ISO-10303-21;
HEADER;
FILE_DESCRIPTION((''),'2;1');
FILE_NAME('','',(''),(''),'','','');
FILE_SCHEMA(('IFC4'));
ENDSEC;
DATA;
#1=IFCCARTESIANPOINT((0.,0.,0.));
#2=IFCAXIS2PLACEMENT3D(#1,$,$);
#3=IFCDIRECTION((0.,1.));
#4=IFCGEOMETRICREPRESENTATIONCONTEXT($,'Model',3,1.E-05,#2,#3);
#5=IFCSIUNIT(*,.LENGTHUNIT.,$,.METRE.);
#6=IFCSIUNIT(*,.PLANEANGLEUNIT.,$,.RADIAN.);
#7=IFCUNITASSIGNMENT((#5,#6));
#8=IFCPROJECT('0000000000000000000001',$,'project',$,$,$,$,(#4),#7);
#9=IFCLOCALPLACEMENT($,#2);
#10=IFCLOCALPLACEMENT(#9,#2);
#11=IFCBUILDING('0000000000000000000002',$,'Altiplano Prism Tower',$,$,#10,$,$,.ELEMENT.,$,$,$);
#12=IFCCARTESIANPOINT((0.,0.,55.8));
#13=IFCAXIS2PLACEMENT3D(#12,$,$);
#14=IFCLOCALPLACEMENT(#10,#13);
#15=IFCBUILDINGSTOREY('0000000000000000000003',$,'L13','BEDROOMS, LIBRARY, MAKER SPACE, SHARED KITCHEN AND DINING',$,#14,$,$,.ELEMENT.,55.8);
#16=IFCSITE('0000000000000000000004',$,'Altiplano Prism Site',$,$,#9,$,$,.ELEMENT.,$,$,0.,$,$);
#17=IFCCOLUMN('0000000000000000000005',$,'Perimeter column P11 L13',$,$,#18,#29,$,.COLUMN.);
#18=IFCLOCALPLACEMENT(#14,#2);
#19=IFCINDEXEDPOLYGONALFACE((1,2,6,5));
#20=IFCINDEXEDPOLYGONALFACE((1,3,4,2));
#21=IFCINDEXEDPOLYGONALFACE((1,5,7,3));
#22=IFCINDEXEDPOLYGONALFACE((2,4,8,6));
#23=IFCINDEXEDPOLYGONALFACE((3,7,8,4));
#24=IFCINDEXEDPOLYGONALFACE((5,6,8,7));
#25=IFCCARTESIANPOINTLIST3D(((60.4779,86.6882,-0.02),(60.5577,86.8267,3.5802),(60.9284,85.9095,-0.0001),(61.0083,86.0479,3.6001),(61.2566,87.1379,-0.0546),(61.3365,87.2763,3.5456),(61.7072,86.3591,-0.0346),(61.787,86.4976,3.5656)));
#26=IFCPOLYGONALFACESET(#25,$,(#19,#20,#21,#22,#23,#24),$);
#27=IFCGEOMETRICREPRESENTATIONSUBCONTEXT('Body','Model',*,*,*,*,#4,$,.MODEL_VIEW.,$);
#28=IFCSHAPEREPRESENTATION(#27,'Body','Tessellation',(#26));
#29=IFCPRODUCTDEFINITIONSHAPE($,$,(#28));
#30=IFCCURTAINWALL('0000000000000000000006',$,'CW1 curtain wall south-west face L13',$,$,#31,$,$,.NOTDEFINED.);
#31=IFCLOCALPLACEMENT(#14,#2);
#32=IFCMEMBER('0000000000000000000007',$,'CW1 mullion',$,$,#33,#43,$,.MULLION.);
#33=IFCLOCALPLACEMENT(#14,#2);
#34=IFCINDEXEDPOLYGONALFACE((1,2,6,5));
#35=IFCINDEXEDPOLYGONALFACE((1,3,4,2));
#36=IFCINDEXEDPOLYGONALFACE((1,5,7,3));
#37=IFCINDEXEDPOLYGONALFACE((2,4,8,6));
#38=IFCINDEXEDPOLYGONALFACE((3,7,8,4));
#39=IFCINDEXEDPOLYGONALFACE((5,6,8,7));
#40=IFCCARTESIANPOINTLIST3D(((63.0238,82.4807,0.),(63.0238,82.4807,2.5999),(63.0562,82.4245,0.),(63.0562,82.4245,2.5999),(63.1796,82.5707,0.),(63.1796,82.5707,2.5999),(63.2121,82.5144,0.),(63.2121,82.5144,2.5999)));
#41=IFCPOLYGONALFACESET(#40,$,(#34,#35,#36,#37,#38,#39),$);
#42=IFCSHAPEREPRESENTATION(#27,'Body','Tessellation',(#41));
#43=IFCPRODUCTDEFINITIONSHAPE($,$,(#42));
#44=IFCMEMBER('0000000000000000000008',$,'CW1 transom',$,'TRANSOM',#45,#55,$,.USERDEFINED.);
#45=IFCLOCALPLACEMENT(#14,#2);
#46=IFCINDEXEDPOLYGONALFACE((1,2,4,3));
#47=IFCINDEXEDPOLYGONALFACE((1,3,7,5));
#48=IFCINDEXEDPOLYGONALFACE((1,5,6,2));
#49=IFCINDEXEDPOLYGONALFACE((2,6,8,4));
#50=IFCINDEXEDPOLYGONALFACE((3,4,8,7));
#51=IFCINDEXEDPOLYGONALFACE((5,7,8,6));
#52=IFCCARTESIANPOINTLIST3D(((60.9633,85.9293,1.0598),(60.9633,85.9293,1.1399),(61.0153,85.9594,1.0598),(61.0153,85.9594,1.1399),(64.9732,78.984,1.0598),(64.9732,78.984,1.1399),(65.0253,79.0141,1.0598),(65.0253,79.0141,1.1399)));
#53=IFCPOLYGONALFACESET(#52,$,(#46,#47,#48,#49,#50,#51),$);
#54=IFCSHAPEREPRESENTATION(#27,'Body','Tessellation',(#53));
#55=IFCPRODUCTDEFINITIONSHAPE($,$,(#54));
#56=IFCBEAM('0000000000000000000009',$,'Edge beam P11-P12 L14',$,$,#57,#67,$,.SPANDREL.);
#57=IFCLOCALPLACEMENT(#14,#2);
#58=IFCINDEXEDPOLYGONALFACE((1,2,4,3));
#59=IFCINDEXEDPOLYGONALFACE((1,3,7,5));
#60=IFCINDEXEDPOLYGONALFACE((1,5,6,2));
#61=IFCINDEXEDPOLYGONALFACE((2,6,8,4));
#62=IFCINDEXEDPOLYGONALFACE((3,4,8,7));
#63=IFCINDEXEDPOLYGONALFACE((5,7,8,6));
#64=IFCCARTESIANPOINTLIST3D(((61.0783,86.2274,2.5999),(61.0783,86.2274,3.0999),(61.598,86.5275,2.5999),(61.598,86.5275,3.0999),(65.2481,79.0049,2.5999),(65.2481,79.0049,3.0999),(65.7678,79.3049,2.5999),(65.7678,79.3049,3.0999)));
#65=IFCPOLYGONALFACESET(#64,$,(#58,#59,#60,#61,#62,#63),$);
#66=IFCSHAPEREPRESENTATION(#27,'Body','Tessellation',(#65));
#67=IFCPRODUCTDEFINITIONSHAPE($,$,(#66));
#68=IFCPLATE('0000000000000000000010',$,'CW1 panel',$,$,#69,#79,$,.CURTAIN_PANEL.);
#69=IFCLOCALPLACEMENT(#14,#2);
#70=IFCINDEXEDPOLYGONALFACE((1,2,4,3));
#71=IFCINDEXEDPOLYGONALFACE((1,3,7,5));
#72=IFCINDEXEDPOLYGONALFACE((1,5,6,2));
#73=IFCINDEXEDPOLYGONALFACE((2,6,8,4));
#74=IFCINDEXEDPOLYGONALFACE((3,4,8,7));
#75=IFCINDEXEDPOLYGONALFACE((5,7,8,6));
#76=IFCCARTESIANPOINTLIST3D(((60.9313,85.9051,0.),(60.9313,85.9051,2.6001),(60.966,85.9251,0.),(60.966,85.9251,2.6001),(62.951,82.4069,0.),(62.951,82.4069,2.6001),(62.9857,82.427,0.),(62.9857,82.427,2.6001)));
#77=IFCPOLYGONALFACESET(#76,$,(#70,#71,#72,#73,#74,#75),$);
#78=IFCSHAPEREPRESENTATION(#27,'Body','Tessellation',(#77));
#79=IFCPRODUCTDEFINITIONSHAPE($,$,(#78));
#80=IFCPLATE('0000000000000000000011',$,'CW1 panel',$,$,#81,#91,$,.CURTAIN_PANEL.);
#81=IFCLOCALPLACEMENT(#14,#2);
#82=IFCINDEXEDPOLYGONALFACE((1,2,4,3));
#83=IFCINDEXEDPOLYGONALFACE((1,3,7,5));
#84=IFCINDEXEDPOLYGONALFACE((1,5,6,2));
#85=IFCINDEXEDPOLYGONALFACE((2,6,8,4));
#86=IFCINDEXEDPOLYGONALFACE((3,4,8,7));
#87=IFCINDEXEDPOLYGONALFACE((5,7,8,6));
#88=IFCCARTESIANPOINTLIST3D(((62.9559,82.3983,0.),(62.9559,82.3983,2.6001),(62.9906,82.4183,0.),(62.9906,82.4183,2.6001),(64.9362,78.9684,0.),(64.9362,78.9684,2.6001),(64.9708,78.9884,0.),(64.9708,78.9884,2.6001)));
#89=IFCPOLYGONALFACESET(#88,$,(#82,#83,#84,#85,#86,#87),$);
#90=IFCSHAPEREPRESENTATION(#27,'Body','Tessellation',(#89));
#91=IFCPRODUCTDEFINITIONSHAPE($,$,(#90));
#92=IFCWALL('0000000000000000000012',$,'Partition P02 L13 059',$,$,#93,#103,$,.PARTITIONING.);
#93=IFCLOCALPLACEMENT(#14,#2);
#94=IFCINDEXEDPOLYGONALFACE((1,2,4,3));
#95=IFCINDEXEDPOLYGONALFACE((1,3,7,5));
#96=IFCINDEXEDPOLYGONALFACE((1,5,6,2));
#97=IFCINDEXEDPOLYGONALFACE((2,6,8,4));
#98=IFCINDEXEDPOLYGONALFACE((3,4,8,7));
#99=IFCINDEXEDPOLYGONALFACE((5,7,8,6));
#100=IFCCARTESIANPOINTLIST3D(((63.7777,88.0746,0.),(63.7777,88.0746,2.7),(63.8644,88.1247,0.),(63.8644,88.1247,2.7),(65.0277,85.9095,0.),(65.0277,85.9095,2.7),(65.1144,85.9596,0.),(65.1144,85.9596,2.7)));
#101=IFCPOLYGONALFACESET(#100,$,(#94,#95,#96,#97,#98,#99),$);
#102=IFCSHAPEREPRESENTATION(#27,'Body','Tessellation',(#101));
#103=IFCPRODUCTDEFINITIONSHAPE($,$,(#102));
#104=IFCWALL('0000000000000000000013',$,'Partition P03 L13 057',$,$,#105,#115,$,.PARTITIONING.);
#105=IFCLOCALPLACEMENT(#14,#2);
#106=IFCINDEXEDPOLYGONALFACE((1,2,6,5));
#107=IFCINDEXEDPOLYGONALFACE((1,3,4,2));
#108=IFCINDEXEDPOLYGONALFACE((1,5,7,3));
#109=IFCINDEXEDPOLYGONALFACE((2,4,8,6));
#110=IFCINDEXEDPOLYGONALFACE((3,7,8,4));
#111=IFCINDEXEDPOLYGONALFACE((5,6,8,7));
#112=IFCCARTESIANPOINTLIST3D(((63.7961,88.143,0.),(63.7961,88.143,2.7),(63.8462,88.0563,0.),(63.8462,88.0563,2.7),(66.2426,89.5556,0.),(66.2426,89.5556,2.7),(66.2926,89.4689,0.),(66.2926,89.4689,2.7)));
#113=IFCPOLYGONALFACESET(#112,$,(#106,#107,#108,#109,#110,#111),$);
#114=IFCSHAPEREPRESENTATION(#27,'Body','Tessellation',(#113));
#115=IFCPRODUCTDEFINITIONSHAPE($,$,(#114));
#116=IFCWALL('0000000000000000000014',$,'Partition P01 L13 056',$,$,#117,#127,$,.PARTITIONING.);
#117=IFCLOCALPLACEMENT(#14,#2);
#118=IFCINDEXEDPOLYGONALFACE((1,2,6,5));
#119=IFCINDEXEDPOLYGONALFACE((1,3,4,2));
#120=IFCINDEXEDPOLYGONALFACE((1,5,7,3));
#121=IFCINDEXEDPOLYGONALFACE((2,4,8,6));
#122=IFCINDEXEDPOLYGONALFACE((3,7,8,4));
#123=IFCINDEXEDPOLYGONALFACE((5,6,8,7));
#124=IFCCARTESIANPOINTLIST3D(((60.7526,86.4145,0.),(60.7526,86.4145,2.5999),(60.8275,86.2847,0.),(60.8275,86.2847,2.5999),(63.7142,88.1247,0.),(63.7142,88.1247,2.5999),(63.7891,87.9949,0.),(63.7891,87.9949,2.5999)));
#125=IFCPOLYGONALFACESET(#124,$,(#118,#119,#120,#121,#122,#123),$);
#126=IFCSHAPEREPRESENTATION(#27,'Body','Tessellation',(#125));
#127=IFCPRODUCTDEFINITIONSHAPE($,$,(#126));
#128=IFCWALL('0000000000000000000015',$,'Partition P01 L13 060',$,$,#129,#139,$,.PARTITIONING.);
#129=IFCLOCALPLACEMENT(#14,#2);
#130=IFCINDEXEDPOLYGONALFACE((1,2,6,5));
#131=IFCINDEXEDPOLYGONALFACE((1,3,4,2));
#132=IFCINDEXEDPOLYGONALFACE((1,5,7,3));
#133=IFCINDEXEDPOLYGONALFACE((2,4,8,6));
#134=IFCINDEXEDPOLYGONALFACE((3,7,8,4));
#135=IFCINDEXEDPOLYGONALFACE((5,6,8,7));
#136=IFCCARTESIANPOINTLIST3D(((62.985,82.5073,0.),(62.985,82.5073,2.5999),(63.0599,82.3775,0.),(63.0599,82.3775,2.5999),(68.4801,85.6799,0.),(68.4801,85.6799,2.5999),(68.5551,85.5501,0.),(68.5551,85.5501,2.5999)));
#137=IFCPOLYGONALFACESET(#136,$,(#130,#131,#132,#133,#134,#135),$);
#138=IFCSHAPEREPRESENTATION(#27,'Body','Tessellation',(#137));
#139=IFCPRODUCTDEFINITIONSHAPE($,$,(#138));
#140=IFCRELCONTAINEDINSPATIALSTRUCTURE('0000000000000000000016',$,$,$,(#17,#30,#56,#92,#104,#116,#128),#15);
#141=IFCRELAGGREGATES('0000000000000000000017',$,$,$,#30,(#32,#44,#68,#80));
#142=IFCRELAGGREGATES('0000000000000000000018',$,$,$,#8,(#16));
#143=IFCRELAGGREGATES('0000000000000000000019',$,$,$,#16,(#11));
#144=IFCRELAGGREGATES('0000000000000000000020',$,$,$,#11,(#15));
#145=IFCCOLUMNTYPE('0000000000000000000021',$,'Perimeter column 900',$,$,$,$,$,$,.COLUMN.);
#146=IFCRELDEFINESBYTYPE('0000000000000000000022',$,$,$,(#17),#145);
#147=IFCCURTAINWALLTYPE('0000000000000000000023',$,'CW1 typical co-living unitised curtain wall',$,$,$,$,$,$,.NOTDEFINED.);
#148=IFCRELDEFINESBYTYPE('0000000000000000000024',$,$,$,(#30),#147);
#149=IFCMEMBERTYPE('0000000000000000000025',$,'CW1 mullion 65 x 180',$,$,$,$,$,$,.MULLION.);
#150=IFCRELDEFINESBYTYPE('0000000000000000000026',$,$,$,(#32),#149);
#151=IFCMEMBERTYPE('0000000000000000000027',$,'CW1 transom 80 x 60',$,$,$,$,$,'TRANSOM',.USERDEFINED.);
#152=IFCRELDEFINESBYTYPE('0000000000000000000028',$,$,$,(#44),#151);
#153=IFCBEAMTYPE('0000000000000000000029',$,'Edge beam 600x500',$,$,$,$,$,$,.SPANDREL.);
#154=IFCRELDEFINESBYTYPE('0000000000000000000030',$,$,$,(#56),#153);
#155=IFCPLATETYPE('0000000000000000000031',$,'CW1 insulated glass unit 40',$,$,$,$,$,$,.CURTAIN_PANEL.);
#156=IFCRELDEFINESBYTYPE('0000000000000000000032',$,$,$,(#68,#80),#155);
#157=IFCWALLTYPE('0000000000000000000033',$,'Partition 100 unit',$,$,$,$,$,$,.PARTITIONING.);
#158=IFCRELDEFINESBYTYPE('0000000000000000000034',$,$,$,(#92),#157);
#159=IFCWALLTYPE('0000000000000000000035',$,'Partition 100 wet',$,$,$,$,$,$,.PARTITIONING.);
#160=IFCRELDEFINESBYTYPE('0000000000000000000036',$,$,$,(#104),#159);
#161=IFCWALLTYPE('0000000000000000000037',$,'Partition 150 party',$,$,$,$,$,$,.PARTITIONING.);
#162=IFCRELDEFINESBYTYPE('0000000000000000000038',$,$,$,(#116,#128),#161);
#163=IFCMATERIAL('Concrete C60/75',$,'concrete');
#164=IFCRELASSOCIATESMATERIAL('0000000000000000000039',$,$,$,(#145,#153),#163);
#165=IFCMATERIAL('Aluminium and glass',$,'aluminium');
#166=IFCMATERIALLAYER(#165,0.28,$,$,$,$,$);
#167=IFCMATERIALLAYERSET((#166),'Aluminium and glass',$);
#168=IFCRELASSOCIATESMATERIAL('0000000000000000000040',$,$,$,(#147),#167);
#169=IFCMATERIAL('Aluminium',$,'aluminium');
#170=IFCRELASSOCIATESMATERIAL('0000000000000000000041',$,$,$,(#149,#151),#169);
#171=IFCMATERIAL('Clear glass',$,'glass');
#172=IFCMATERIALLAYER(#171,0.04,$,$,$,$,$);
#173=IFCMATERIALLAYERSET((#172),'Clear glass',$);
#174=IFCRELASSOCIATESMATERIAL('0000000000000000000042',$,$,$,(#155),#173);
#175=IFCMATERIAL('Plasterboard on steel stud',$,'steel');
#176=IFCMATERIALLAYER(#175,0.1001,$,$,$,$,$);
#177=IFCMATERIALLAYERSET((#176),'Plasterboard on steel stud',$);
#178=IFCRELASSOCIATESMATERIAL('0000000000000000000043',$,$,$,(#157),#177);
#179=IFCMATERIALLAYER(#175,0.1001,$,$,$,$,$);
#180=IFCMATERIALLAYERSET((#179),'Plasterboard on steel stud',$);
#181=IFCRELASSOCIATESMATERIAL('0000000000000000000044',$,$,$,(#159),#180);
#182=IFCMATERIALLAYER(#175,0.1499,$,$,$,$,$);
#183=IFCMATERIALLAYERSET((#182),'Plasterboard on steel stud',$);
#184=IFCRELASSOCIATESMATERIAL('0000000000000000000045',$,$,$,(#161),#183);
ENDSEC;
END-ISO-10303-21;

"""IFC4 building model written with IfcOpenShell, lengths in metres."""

from ifc_helpers import new_model, si_unit, direction, frame, frame_2d, origin, origin_2d, place, context, subcontext, project, spatial, rectangle, extrude, material, layer, layer_set, material_profile, profile_set, type_object, element, aggregate, save


model = new_model("IFC4")

# Units and contexts
model_context = context("Model", 3, precision=1e-05, world=origin(), true_north=direction((0.0, 1.0)))
body_context = subcontext(model_context, "Body", "Model", "MODEL_VIEW")
ifc_project = project(units=[si_unit("LENGTHUNIT", "METRE"), si_unit("PLANEANGLEUNIT", "RADIAN")], contexts=[model_context])

# Site, building, storey
site_placement = place(None, origin())
site = spatial("IfcSite", under=ifc_project, at=site_placement, Name="Altiplano Prism Site", CompositionType="ELEMENT", RefElevation=0.0)
building_placement = place(site_placement, origin())
building = spatial("IfcBuilding", under=site, at=building_placement, Name="Altiplano Prism Tower", CompositionType="ELEMENT")
storey_placement = place(building_placement, frame((0.0, 0.0, 55.8)))
storey = spatial("IfcBuildingStorey", under=building, at=storey_placement, Name="L13", Description="BEDROOMS, LIBRARY, MAKER SPACE, SHARED KITCHEN AND DINING", CompositionType="ELEMENT", Elevation=55.8)

# Column
ifc_material_1 = material(Name="Concrete C60/75", Category="concrete")
ifc_material_profile_1 = material_profile(ifc_material_1, rectangle(XDim=0.8999, YDim=0.8999, at=origin_2d()), Name="Perimeter column 900")
ifc_profile_set_1 = profile_set([ifc_material_profile_1], Name="Concrete C60/75")
column_type = type_object("IfcColumnType", Name="Perimeter column 900", PredefinedType="COLUMN", material=ifc_profile_set_1)
column_placement = place(storey_placement, frame((61.0925, 86.5237, -0.0273), z_axis=(0.022154, 0.038413, 0.999016), x_axis=(-0.865365, -0.499669, 0.038403)))
element("IfcColumn", 1, at=column_placement, inside=storey, type_object=column_type, Name="Perimeter column P11 L13", PredefinedType="COLUMN", context=body_context, shape_type="SweptSolid", body=[
    extrude(rectangle(XDim=0.8999, YDim=0.8999, at=origin_2d()), origin(), (0.0, 0.0, 1.0), 3.6038),
])

# Curtain wall, members
ifc_material_2 = material(Name="Aluminium and glass", Category="aluminium")
ifc_layer_1 = layer(ifc_material_2, 0.28)
ifc_layer_set_1 = layer_set([ifc_layer_1], Name="Aluminium and glass")
curtain_wall_type = type_object("IfcCurtainWallType", Name="CW1 typical co-living unitised curtain wall", PredefinedType="NOTDEFINED", material=ifc_layer_set_1)
curtain_wall_placement = place(storey_placement, origin())
curtain_wall = element("IfcCurtainWall", 2, at=curtain_wall_placement, inside=storey, type_object=curtain_wall_type, Name="CW1 curtain wall south-west face L13", PredefinedType="NOTDEFINED")
ifc_material_3 = material(Name="Aluminium", Category="aluminium")
ifc_material_profile_2 = material_profile(ifc_material_3, rectangle(XDim=0.1799, YDim=0.0649, at=origin_2d()), Name="CW1 mullion 65 x 180")
ifc_profile_set_2 = profile_set([ifc_material_profile_2], Name="Aluminium")
member_type_1 = type_object("IfcMemberType", Name="CW1 mullion 65 x 180", PredefinedType="MULLION", material=ifc_profile_set_2)
member_1_placement = place(storey_placement, frame((63.1179, 82.4976, 0.0), z_axis=(0.0, 0.0, 1.0), x_axis=(0.866025, 0.5, 0.0)))
member_1 = element("IfcMember", 3, at=member_1_placement, type_object=member_type_1, Name="CW1 mullion", PredefinedType="MULLION", context=body_context, shape_type="SweptSolid", body=[
    extrude(rectangle(XDim=0.1799, YDim=0.0649, at=origin_2d()), origin(), (0.0, 0.0, 1.0), 2.5999),
])
ifc_material_profile_3 = material_profile(ifc_material_3, rectangle(XDim=0.0601, YDim=0.0801, at=origin_2d()), Name="CW1 transom 80 x 60")
ifc_profile_set_3 = profile_set([ifc_material_profile_3], Name="Aluminium")
member_type_2 = type_object("IfcMemberType", Name="CW1 transom 80 x 60", ElementType="TRANSOM", PredefinedType="USERDEFINED", material=ifc_profile_set_3)
member_2_placement = place(storey_placement, frame((60.9893, 85.9443, 1.0999), z_axis=(0.500012, -0.866018, 0.0), x_axis=(0.866018, 0.500012, 0.0)))
member_2 = element("IfcMember", 4, at=member_2_placement, type_object=member_type_2, Name="CW1 transom", ObjectType="TRANSOM", PredefinedType="USERDEFINED", context=body_context, shape_type="SweptSolid", body=[
    extrude(rectangle(XDim=0.0601, YDim=0.0801, at=origin_2d()), origin(), (0.0, 0.0, 1.0), 8.0198),
])

# Beam
ifc_material_profile_4 = material_profile(ifc_material_1, rectangle(XDim=0.6001, YDim=0.5, at=origin_2d()), Name="Edge beam 600x500")
ifc_profile_set_4 = profile_set([ifc_material_profile_4], Name="Concrete C60/75")
beam_type = type_object("IfcBeamType", Name="Edge beam 600x500", PredefinedType="SPANDREL", material=ifc_profile_set_4)
beam_placement = place(storey_placement, frame((61.3381, 86.3774, 2.8499), z_axis=(0.499993, -0.86603, 0.0), x_axis=(0.86603, 0.499993, 0.0)))
element("IfcBeam", 5, at=beam_placement, inside=storey, type_object=beam_type, Name="Edge beam P11-P12 L14", PredefinedType="SPANDREL", context=body_context, shape_type="SweptSolid", body=[
    extrude(rectangle(XDim=0.6001, YDim=0.5, at=origin_2d()), origin(), (0.0, 0.0, 1.0), 8.3398),
])

# Plates
ifc_material_4 = material(Name="Clear glass", Category="glass")
ifc_layer_2 = layer(ifc_material_4, 0.04)
ifc_layer_set_2 = layer_set([ifc_layer_2], Name="Clear glass")
plate_type = type_object("IfcPlateType", Name="CW1 insulated glass unit 40", PredefinedType="CURTAIN_PANEL", material=ifc_layer_set_2)
plate_1_placement = place(storey_placement, frame((61.9585, 84.166, 0.0), z_axis=(0.0, 0.0, 1.0), x_axis=(0.5, -0.866025, 0.0)))
plate_1 = element("IfcPlate", 6, at=plate_1_placement, type_object=plate_type, Name="CW1 panel", PredefinedType="CURTAIN_PANEL", context=body_context, shape_type="SweptSolid", body=[
    extrude(rectangle(XDim=4.0393, YDim=0.04, at=origin_2d()), origin(), (0.0, 0.0, 1.0), 2.6001),
])
plate_2_placement = place(storey_placement, frame((63.9634, 80.6934, 0.0), z_axis=(0.0, 0.0, 1.0), x_axis=(0.5, -0.866025, 0.0)))
plate_2 = element("IfcPlate", 7, at=plate_2_placement, type_object=plate_type, Name="CW1 panel", PredefinedType="CURTAIN_PANEL", context=body_context, shape_type="SweptSolid", body=[
    extrude(rectangle(XDim=3.9604, YDim=0.04, at=origin_2d()), origin(), (0.0, 0.0, 1.0), 2.6001),
])
aggregate(curtain_wall, [member_1, member_2, plate_1, plate_2])

# Walls
ifc_material_5 = material(Name="Plasterboard on steel stud", Category="steel")
ifc_layer_3 = layer(ifc_material_5, 0.1001)
ifc_layer_set_3 = layer_set([ifc_layer_3], Name="Plasterboard on steel stud")
wall_type_1 = type_object("IfcWallType", Name="Partition 100 unit", PredefinedType="PARTITIONING", material=ifc_layer_set_3)
wall_1_placement = place(storey_placement, frame((65.071, 85.9346, 0.0), z_axis=(0.0, 0.0, 1.0), x_axis=(-0.500004, 0.866023, 0.0)))
element("IfcWall", 8, at=wall_1_placement, inside=storey, type_object=wall_type_1, Name="Partition P02 L13 059", PredefinedType="PARTITIONING", context=body_context, shape_type="SweptSolid", body=[
    extrude(rectangle(XDim=2.5, YDim=0.1001, at=frame_2d((1.25, 0.0))), origin(), (0.0, 0.0, 1.0), 2.7),
])
ifc_layer_4 = layer(ifc_material_5, 0.1001)
ifc_layer_set_4 = layer_set([ifc_layer_4], Name="Plasterboard on steel stud")
wall_type_2 = type_object("IfcWallType", Name="Partition 100 wet", PredefinedType="PARTITIONING", material=ifc_layer_set_4)
wall_2_placement = place(storey_placement, frame((63.821, 88.0996, 0.0), z_axis=(0.0, 0.0, 1.0), x_axis=(0.866011, 0.500024, 0.0)))
element("IfcWall", 9, at=wall_2_placement, inside=storey, type_object=wall_type_2, Name="Partition P03 L13 057", PredefinedType="PARTITIONING", context=body_context, shape_type="SweptSolid", body=[
    extrude(rectangle(XDim=2.825, YDim=0.1001, at=frame_2d((1.4126, 0.0))), origin(), (0.0, 0.0, 1.0), 2.7),
])
ifc_layer_5 = layer(ifc_material_5, 0.1499)
ifc_layer_set_5 = layer_set([ifc_layer_5], Name="Plasterboard on steel stud")
wall_type_3 = type_object("IfcWallType", Name="Partition 150 party", PredefinedType="PARTITIONING", material=ifc_layer_set_5)
wall_3_placement = place(storey_placement, frame((60.79, 86.3496, 0.0), z_axis=(0.0, 0.0, 1.0), x_axis=(0.865989, 0.500062, 0.0)))
element("IfcWall", 10, at=wall_3_placement, inside=storey, type_object=wall_type_3, Name="Partition P01 L13 056", PredefinedType="PARTITIONING", context=body_context, shape_type="SweptSolid", body=[
    extrude(rectangle(XDim=3.4199, YDim=0.1499, at=frame_2d((1.71, 0.0))), origin(), (0.0, 0.0, 1.0), 2.5999),
])
wall_4_placement = place(storey_placement, frame((63.0225, 82.4424, 0.0), z_axis=(0.0, 0.0, 1.0), x_axis=(0.866025, 0.5, 0.0)))
element("IfcWall", 11, at=wall_4_placement, inside=storey, type_object=wall_type_3, Name="Partition P01 L13 060", PredefinedType="PARTITIONING", context=body_context, shape_type="SweptSolid", body=[
    extrude(rectangle(XDim=6.3452, YDim=0.1499, at=frame_2d((3.1726, 0.0))), origin(), (0.0, 0.0, 1.0), 2.5999),
])

save(model, "model.ifc")
